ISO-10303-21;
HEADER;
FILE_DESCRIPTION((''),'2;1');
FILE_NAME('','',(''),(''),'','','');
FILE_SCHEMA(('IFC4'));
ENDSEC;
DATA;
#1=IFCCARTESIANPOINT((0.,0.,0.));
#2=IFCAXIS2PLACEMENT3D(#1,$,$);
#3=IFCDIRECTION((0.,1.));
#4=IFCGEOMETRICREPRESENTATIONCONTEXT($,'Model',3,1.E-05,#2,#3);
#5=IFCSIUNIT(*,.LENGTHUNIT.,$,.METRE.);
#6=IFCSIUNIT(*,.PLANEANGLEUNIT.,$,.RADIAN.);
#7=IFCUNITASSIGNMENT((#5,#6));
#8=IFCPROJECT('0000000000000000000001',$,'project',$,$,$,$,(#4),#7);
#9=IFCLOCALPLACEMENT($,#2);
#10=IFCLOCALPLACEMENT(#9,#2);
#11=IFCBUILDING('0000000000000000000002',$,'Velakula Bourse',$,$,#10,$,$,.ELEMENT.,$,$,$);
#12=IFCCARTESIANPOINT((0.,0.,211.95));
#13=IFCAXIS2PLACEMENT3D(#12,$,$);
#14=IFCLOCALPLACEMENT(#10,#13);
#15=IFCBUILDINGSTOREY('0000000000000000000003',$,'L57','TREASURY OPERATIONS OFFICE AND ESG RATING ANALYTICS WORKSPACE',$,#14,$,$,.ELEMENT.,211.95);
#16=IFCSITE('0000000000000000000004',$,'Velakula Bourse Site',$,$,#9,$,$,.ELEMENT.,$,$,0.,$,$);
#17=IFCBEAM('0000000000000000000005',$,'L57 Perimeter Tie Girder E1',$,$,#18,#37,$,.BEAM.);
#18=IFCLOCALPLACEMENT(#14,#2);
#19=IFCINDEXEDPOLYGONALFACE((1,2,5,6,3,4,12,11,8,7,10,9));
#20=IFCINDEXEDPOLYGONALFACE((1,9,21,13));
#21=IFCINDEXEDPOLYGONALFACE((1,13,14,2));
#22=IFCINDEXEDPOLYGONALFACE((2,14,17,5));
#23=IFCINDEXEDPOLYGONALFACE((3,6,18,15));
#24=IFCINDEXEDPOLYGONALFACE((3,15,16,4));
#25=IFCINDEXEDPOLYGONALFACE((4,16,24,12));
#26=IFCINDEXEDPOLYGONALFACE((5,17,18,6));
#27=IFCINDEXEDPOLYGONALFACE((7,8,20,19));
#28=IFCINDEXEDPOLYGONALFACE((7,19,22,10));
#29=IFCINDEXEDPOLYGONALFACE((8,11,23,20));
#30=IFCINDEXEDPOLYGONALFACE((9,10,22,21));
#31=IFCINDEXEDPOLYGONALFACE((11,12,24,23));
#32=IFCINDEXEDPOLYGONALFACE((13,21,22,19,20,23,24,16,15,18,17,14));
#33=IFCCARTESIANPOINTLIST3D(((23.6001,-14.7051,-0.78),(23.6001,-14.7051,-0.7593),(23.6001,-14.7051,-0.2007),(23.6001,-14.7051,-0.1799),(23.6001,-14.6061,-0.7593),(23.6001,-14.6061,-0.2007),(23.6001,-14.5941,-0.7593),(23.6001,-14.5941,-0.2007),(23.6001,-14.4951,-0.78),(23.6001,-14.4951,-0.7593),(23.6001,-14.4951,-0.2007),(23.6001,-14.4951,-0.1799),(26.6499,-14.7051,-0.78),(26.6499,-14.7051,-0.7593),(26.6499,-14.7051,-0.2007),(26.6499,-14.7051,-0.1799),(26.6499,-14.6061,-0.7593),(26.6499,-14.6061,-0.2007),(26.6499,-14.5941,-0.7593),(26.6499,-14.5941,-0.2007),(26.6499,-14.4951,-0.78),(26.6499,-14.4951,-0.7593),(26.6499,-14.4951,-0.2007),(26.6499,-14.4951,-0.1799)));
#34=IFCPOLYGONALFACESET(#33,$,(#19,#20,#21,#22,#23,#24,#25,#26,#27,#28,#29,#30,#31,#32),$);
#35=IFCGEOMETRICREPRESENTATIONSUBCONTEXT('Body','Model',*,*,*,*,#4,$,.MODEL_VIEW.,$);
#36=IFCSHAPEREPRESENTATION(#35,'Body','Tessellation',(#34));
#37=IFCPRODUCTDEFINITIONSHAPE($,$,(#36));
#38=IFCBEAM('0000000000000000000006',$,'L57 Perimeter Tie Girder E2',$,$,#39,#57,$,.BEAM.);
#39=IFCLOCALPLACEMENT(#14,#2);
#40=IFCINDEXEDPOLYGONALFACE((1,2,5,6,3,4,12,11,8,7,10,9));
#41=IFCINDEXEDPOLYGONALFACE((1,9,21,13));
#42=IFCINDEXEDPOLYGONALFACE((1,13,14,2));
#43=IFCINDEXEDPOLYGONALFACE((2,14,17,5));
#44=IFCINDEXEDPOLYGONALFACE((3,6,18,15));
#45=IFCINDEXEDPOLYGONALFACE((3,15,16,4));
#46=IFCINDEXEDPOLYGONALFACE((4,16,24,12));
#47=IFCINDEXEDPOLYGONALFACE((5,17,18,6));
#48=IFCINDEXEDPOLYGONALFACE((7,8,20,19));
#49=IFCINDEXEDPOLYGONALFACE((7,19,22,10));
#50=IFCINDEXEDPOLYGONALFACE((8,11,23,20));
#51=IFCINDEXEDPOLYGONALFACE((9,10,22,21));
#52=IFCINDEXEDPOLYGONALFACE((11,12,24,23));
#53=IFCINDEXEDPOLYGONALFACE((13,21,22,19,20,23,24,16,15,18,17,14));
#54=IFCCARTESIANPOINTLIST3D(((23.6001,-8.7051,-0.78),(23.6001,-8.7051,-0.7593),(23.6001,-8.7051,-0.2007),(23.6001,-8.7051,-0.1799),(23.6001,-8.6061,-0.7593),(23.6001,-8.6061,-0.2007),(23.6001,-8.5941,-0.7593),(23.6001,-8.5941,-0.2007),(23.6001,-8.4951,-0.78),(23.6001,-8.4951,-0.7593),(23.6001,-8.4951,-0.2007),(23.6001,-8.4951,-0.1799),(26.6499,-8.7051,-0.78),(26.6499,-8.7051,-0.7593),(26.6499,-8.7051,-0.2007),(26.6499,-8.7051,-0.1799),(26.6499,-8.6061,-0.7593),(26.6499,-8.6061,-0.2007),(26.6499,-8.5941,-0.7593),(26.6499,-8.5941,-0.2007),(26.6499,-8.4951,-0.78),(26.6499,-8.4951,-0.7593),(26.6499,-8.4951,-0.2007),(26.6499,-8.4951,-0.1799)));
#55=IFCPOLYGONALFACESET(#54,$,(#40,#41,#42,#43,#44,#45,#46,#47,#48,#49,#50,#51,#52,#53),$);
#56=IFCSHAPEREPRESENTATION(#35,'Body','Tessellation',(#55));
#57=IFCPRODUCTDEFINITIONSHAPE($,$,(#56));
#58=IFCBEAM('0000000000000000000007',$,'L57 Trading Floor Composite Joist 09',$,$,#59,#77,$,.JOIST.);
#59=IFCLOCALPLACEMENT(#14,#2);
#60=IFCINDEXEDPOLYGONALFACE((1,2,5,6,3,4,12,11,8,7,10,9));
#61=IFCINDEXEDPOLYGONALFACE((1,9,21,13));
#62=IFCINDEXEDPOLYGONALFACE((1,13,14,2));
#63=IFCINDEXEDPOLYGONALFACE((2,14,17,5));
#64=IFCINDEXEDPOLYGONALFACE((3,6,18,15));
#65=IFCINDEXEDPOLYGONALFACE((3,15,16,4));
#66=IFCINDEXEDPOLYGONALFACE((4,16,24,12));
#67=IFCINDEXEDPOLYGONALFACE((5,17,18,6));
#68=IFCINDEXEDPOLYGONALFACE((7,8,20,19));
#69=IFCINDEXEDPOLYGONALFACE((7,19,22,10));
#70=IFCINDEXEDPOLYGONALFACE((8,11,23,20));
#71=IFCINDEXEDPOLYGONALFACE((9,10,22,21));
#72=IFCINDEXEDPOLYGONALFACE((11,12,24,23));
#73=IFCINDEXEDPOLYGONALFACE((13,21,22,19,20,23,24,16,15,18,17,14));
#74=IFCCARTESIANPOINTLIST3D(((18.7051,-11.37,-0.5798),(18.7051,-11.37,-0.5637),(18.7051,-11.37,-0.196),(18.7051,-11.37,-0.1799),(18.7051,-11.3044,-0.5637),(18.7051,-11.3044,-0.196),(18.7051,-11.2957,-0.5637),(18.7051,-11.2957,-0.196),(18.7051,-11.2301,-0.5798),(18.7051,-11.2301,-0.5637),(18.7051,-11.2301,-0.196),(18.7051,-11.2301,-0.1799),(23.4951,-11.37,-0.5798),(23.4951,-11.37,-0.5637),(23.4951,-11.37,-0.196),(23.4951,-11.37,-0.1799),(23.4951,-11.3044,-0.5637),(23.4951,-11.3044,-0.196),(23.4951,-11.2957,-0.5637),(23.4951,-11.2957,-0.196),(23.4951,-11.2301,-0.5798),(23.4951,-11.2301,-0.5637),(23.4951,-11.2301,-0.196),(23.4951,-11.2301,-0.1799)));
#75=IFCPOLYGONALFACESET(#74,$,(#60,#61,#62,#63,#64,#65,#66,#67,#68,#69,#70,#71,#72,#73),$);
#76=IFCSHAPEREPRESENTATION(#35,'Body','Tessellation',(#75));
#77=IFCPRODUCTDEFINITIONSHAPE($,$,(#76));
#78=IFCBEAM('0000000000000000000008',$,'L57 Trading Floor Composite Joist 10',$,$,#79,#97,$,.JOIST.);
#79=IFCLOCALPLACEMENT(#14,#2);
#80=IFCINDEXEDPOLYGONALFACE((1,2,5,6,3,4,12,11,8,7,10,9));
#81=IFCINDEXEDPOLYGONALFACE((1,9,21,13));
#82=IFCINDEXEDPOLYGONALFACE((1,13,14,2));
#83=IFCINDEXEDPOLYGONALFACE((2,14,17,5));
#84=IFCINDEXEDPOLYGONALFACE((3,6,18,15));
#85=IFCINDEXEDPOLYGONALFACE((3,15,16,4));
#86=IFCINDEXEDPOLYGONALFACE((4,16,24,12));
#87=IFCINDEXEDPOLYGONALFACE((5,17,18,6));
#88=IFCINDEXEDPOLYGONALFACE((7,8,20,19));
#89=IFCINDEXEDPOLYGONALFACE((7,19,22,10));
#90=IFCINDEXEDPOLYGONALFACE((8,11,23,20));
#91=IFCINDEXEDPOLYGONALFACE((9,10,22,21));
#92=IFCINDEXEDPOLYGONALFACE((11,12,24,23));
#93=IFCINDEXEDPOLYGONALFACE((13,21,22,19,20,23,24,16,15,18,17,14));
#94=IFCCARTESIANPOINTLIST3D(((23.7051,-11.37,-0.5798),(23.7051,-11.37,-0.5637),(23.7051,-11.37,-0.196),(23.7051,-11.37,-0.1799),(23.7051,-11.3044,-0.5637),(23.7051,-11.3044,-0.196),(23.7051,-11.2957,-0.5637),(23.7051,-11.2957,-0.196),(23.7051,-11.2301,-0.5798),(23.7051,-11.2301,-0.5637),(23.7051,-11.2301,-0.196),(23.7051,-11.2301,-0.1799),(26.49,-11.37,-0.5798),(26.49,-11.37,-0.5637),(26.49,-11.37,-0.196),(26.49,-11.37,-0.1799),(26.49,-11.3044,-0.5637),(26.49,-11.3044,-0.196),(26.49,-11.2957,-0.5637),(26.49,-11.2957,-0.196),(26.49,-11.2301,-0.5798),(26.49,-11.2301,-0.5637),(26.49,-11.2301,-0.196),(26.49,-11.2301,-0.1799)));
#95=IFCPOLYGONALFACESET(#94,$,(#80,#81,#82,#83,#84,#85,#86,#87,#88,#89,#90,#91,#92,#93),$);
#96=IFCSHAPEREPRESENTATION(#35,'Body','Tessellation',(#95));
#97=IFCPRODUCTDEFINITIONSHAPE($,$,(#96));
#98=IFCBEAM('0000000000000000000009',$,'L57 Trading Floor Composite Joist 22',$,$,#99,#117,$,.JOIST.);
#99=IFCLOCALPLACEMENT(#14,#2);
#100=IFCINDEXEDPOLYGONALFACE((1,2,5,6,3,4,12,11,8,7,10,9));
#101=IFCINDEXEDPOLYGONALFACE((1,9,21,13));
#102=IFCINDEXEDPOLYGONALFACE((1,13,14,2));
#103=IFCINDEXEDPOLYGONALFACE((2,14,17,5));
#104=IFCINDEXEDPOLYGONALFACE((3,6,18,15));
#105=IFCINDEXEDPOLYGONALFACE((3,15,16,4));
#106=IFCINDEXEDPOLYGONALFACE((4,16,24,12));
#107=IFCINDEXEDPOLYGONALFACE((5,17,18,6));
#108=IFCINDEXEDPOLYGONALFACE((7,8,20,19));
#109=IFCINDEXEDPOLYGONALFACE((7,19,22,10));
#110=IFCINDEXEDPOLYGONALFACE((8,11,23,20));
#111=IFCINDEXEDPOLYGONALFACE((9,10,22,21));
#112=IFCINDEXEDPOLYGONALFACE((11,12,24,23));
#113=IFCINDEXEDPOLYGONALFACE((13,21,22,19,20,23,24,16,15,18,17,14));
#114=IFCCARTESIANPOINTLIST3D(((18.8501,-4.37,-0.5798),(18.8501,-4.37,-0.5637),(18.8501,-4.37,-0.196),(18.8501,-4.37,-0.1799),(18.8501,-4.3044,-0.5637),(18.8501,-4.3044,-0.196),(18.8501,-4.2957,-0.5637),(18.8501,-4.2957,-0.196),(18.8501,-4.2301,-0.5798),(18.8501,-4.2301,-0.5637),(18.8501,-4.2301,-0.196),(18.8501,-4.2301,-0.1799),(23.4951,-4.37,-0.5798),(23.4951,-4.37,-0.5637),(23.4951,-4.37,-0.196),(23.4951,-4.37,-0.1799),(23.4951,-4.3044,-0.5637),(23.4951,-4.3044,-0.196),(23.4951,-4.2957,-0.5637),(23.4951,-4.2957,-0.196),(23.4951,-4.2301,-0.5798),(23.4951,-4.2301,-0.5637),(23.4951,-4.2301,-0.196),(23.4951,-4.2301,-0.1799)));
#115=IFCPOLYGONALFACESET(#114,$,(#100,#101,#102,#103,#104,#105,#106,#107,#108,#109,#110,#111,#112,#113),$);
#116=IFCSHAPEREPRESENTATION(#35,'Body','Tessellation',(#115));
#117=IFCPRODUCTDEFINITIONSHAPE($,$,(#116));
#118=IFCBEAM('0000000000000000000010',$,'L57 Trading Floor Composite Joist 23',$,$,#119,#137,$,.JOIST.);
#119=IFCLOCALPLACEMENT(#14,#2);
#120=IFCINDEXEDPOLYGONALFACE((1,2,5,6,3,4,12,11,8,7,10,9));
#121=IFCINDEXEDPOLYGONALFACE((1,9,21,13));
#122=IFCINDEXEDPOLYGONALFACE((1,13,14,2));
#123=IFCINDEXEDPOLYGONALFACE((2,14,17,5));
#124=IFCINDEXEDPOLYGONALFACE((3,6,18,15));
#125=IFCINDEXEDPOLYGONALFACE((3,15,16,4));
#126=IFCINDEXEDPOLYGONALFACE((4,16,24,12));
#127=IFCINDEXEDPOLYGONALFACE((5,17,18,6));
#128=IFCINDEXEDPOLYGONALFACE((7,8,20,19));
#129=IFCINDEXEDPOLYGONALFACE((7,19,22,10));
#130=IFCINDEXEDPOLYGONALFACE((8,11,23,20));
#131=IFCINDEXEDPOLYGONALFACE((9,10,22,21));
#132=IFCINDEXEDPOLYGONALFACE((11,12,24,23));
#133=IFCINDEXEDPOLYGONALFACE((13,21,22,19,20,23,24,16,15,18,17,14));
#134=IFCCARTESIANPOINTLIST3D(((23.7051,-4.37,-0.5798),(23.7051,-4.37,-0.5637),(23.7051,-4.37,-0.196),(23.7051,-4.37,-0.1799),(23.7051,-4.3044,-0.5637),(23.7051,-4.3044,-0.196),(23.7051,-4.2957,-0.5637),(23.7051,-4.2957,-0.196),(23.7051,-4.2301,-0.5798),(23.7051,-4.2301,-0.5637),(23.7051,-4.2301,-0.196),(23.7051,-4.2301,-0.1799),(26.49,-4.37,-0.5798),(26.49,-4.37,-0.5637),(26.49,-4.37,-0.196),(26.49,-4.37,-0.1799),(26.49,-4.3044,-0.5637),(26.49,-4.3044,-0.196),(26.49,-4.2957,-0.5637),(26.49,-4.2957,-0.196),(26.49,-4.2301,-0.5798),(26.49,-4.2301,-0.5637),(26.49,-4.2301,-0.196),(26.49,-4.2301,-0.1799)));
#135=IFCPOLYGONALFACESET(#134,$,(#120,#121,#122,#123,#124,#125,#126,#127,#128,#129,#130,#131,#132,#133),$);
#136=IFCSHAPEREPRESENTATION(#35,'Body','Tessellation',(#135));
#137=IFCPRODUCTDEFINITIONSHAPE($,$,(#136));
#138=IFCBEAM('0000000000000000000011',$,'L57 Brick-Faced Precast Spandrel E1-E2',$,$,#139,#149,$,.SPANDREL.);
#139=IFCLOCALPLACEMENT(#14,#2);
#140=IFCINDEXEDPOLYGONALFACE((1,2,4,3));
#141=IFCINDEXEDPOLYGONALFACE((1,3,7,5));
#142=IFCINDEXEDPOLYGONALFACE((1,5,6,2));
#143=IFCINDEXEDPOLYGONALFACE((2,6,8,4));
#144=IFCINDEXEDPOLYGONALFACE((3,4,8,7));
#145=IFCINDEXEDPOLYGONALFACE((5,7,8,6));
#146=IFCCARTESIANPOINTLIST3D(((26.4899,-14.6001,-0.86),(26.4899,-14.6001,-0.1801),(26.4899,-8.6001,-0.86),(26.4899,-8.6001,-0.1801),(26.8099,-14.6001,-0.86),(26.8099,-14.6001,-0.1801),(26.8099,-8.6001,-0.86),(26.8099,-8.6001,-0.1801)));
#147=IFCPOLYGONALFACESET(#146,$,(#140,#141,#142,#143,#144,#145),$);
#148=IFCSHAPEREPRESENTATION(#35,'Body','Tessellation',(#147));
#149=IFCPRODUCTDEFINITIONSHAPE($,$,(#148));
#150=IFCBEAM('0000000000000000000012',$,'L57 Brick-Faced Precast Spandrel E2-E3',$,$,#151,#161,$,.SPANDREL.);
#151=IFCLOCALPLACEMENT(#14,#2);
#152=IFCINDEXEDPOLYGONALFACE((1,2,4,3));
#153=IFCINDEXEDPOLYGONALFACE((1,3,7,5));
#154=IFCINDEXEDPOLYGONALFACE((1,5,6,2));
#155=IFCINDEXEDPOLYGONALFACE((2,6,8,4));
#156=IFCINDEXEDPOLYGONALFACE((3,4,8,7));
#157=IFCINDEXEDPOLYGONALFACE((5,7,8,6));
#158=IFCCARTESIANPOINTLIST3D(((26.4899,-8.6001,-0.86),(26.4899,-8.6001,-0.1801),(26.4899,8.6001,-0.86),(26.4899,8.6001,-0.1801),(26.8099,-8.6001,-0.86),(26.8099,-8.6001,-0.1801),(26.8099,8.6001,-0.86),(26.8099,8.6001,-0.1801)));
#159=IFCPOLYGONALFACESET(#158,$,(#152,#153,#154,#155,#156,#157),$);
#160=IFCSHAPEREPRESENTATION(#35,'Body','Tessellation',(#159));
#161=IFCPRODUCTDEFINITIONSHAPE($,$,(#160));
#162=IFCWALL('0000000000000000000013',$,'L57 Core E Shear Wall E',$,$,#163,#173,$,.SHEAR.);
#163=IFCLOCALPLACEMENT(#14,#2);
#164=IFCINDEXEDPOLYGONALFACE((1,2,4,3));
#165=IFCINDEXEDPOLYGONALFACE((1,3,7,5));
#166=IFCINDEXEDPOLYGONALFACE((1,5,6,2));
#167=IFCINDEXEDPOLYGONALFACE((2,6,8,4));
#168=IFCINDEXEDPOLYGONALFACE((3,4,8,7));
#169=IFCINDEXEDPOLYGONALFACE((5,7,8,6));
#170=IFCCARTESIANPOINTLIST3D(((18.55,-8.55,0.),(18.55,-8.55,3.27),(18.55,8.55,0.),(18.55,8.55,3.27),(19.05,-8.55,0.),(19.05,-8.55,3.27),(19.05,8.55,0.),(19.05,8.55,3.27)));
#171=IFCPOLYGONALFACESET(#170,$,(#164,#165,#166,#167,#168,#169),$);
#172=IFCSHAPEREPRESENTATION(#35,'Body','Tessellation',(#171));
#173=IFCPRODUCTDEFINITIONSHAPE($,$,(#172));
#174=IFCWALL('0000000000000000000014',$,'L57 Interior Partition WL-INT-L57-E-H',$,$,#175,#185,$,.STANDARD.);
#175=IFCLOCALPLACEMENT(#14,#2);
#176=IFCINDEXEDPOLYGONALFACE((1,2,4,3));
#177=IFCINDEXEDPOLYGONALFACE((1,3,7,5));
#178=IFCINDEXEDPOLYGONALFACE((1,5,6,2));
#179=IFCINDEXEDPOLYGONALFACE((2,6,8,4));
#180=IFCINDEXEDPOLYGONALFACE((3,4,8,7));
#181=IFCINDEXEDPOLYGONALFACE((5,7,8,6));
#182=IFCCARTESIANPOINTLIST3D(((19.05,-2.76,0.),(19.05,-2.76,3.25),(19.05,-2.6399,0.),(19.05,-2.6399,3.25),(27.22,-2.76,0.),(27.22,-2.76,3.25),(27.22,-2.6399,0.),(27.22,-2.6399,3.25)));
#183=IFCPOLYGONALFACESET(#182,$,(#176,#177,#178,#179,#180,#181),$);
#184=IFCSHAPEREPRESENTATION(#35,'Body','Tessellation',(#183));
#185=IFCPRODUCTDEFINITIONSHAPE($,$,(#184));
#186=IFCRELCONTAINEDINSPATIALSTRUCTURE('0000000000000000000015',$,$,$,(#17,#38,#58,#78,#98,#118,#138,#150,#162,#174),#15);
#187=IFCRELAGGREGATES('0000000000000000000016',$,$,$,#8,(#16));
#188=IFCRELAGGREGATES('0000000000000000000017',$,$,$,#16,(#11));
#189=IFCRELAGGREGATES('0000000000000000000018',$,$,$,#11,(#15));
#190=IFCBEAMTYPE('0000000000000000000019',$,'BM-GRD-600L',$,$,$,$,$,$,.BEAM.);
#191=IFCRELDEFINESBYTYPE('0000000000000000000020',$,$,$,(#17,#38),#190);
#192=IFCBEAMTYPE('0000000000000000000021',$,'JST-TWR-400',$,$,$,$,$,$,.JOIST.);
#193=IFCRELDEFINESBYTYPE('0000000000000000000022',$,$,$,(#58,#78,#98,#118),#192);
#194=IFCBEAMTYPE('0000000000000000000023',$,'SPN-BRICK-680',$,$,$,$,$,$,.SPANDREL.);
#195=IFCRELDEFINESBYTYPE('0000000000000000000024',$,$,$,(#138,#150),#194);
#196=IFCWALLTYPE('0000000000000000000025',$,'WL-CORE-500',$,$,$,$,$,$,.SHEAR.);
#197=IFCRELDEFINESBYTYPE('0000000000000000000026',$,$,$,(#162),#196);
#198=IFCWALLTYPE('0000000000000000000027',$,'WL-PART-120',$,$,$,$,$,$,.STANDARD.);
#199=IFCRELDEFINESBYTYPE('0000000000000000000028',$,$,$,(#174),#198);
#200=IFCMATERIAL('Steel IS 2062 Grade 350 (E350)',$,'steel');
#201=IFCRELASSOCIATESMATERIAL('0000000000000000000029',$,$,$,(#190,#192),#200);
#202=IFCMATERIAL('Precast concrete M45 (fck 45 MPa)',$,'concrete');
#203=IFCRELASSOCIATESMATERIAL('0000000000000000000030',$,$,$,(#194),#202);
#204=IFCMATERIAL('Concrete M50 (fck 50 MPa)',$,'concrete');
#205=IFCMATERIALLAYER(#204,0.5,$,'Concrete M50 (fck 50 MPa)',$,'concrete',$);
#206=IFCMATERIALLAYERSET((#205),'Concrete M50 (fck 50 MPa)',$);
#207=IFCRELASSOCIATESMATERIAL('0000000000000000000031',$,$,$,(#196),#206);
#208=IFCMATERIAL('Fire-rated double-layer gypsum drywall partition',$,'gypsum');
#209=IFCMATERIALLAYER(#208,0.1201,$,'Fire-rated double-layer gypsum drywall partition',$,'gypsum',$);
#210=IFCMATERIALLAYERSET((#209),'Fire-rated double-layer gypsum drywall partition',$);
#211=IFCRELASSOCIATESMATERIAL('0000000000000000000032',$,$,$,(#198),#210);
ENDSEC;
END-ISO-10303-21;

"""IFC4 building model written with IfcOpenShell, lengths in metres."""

from ifc_helpers import new_model, si_unit, direction, frame, frame_2d, origin, origin_2d, place, context, subcontext, project, spatial, rectangle, i_section, extrude, material, layer, layer_set, material_profile, profile_set, type_object, element, save


model = new_model("IFC4")

# Units and contexts
model_context = context("Model", 3, precision=1e-05, world=origin(), true_north=direction((0.0, 1.0)))
body_context = subcontext(model_context, "Body", "Model", "MODEL_VIEW")
ifc_project = project(units=[si_unit("LENGTHUNIT", "METRE"), si_unit("PLANEANGLEUNIT", "RADIAN")], contexts=[model_context])

# Site, building, storey
site_placement = place(None, origin())
site = spatial("IfcSite", under=ifc_project, at=site_placement, Name="Velakula Bourse Site", CompositionType="ELEMENT", RefElevation=0.0)
building_placement = place(site_placement, origin())
building = spatial("IfcBuilding", under=site, at=building_placement, Name="Velakula Bourse", CompositionType="ELEMENT")
storey_placement = place(building_placement, frame((0.0, 0.0, 211.95)))
storey = spatial("IfcBuildingStorey", under=building, at=storey_placement, Name="L57", Description="TREASURY OPERATIONS OFFICE AND ESG RATING ANALYTICS WORKSPACE", CompositionType="ELEMENT", Elevation=211.95)

# Shared definitions
ifc_material_1 = material(Name="Concrete M50 (fck 50 MPa)", Category="concrete")
ifc_material_2 = material(Name="Steel IS 2062 Grade 350 (E350)", Category="steel")

# Beams
ifc_material_profile_1 = material_profile(ifc_material_2, i_section(OverallWidth=0.21, OverallDepth=0.6001, WebThickness=0.012, FlangeThickness=0.0208, at=origin_2d()), Name="Steel IS 2062 Grade 350 (E350)")
ifc_profile_set_1 = profile_set([ifc_material_profile_1], Name="Steel IS 2062 Grade 350 (E350)")
beam_type_1 = type_object("IfcBeamType", Name="BM-GRD-600L", PredefinedType="BEAM", material=ifc_profile_set_1)
for number, where, z_axis, x_axis, name in (
    (1, (23.6001, -14.6001, -0.48), (1.0, 0.0, 0.0), (0.0, 1.0, 0.0), "L57 Perimeter Tie Girder E1"),
    (2, (23.6001, -8.6001, -0.48), (1.0, 0.0, 0.0), (0.0, 1.0, 0.0), "L57 Perimeter Tie Girder E2"),
):
    element("IfcBeam", number, at=place(storey_placement, frame(where, z_axis=z_axis, x_axis=x_axis)), inside=storey, type_object=beam_type_1, Name=name, PredefinedType="BEAM", context=body_context, shape_type="SweptSolid", body=[
        extrude(i_section(OverallWidth=0.21, OverallDepth=0.6001, WebThickness=0.012, FlangeThickness=0.0208, at=origin_2d()), origin(), (0.0, 0.0, 1.0), 3.0498),
    ])
ifc_material_profile_2 = material_profile(ifc_material_2, i_section(OverallWidth=0.1399, OverallDepth=0.3999, WebThickness=0.0088, FlangeThickness=0.0161, at=origin_2d()), Name="Steel IS 2062 Grade 350 (E350)")
ifc_profile_set_2 = profile_set([ifc_material_profile_2], Name="Steel IS 2062 Grade 350 (E350)")
beam_type_2 = type_object("IfcBeamType", Name="JST-TWR-400", PredefinedType="JOIST", material=ifc_profile_set_2)
beam_1_placement = place(storey_placement, frame((18.7051, -11.3, -0.3799), z_axis=(1.0, 0.0, 0.0), x_axis=(0.0, 1.0, 0.0)))
element("IfcBeam", 3, at=beam_1_placement, inside=storey, type_object=beam_type_2, Name="L57 Trading Floor Composite Joist 09", PredefinedType="JOIST", context=body_context, shape_type="SweptSolid", body=[
    extrude(i_section(OverallWidth=0.1399, OverallDepth=0.3999, WebThickness=0.0088, FlangeThickness=0.0161, at=origin_2d()), origin(), (0.0, 0.0, 1.0), 4.79),
])
beam_2_placement = place(storey_placement, frame((23.7051, -11.3, -0.3799), z_axis=(1.0, 0.0, 0.0), x_axis=(0.0, 1.0, 0.0)))
element("IfcBeam", 4, at=beam_2_placement, inside=storey, type_object=beam_type_2, Name="L57 Trading Floor Composite Joist 10", PredefinedType="JOIST", context=body_context, shape_type="SweptSolid", body=[
    extrude(i_section(OverallWidth=0.1399, OverallDepth=0.3999, WebThickness=0.0088, FlangeThickness=0.0161, at=origin_2d()), origin(), (0.0, 0.0, 1.0), 2.7849),
])
beam_3_placement = place(storey_placement, frame((18.8501, -4.3, -0.3799), z_axis=(1.0, 0.0, 0.0), x_axis=(0.0, 1.0, 0.0)))
element("IfcBeam", 5, at=beam_3_placement, inside=storey, type_object=beam_type_2, Name="L57 Trading Floor Composite Joist 22", PredefinedType="JOIST", context=body_context, shape_type="SweptSolid", body=[
    extrude(i_section(OverallWidth=0.1399, OverallDepth=0.3999, WebThickness=0.0088, FlangeThickness=0.0161, at=origin_2d()), origin(), (0.0, 0.0, 1.0), 4.645),
])
beam_4_placement = place(storey_placement, frame((23.7051, -4.3, -0.3799), z_axis=(1.0, 0.0, 0.0), x_axis=(0.0, 1.0, 0.0)))
element("IfcBeam", 6, at=beam_4_placement, inside=storey, type_object=beam_type_2, Name="L57 Trading Floor Composite Joist 23", PredefinedType="JOIST", context=body_context, shape_type="SweptSolid", body=[
    extrude(i_section(OverallWidth=0.1399, OverallDepth=0.3999, WebThickness=0.0088, FlangeThickness=0.0161, at=origin_2d()), origin(), (0.0, 0.0, 1.0), 2.7849),
])
ifc_material_3 = material(Name="Precast concrete M45 (fck 45 MPa)", Category="concrete")
ifc_material_profile_3 = material_profile(ifc_material_3, rectangle(XDim=0.3201, YDim=0.6799, at=origin_2d()), Name="Precast concrete M45 (fck 45 MPa)")
ifc_profile_set_3 = profile_set([ifc_material_profile_3], Name="Precast concrete M45 (fck 45 MPa)")
beam_type_3 = type_object("IfcBeamType", Name="SPN-BRICK-680", PredefinedType="SPANDREL", material=ifc_profile_set_3)
beam_5_placement = place(storey_placement, frame((26.6499, -14.6001, -0.52), z_axis=(0.0, 1.0, 0.0), x_axis=(-1.0, 0.0, 0.0)))
element("IfcBeam", 7, at=beam_5_placement, inside=storey, type_object=beam_type_3, Name="L57 Brick-Faced Precast Spandrel E1-E2", PredefinedType="SPANDREL", context=body_context, shape_type="SweptSolid", body=[
    extrude(rectangle(XDim=0.3201, YDim=0.6799, at=origin_2d()), origin(), (0.0, 0.0, 1.0), 6.0),
])
beam_6_placement = place(storey_placement, frame((26.6499, -8.6001, -0.52), z_axis=(0.0, 1.0, 0.0), x_axis=(-1.0, 0.0, 0.0)))
element("IfcBeam", 8, at=beam_6_placement, inside=storey, type_object=beam_type_3, Name="L57 Brick-Faced Precast Spandrel E2-E3", PredefinedType="SPANDREL", context=body_context, shape_type="SweptSolid", body=[
    extrude(rectangle(XDim=0.3201, YDim=0.6799, at=origin_2d()), origin(), (0.0, 0.0, 1.0), 17.2002),
])

# Walls
ifc_layer_1 = layer(ifc_material_1, 0.5, Name="Concrete M50 (fck 50 MPa)", Category="concrete")
ifc_layer_set_1 = layer_set([ifc_layer_1], Name="Concrete M50 (fck 50 MPa)")
wall_type_1 = type_object("IfcWallType", Name="WL-CORE-500", PredefinedType="SHEAR", material=ifc_layer_set_1)
wall_1_placement = place(storey_placement, frame((18.8, -8.55, 0.0), z_axis=(0.0, 0.0, 1.0), x_axis=(0.0, 1.0, 0.0)))
element("IfcWall", 9, at=wall_1_placement, inside=storey, type_object=wall_type_1, Name="L57 Core E Shear Wall E", PredefinedType="SHEAR", context=body_context, shape_type="SweptSolid", body=[
    extrude(rectangle(XDim=17.1001, YDim=0.5, at=frame_2d((8.55, 0.0))), origin(), (0.0, 0.0, 1.0), 3.27),
])
ifc_material_4 = material(Name="Fire-rated double-layer gypsum drywall partition", Category="gypsum")
ifc_layer_2 = layer(ifc_material_4, 0.1201, Name="Fire-rated double-layer gypsum drywall partition", Category="gypsum")
ifc_layer_set_2 = layer_set([ifc_layer_2], Name="Fire-rated double-layer gypsum drywall partition")
wall_type_2 = type_object("IfcWallType", Name="WL-PART-120", PredefinedType="STANDARD", material=ifc_layer_set_2)
wall_2_placement = place(storey_placement, frame((19.05, -2.7, 0.0), z_axis=(0.0, 0.0, 1.0), x_axis=(1.0, 0.0, 0.0)))
element("IfcWall", 10, at=wall_2_placement, inside=storey, type_object=wall_type_2, Name="L57 Interior Partition WL-INT-L57-E-H", PredefinedType="STANDARD", context=body_context, shape_type="SweptSolid", body=[
    extrude(rectangle(XDim=8.1699, YDim=0.1201, at=frame_2d((4.085, 0.0))), origin(), (0.0, 0.0, 1.0), 3.25),
])

save(model, "model.ifc")
